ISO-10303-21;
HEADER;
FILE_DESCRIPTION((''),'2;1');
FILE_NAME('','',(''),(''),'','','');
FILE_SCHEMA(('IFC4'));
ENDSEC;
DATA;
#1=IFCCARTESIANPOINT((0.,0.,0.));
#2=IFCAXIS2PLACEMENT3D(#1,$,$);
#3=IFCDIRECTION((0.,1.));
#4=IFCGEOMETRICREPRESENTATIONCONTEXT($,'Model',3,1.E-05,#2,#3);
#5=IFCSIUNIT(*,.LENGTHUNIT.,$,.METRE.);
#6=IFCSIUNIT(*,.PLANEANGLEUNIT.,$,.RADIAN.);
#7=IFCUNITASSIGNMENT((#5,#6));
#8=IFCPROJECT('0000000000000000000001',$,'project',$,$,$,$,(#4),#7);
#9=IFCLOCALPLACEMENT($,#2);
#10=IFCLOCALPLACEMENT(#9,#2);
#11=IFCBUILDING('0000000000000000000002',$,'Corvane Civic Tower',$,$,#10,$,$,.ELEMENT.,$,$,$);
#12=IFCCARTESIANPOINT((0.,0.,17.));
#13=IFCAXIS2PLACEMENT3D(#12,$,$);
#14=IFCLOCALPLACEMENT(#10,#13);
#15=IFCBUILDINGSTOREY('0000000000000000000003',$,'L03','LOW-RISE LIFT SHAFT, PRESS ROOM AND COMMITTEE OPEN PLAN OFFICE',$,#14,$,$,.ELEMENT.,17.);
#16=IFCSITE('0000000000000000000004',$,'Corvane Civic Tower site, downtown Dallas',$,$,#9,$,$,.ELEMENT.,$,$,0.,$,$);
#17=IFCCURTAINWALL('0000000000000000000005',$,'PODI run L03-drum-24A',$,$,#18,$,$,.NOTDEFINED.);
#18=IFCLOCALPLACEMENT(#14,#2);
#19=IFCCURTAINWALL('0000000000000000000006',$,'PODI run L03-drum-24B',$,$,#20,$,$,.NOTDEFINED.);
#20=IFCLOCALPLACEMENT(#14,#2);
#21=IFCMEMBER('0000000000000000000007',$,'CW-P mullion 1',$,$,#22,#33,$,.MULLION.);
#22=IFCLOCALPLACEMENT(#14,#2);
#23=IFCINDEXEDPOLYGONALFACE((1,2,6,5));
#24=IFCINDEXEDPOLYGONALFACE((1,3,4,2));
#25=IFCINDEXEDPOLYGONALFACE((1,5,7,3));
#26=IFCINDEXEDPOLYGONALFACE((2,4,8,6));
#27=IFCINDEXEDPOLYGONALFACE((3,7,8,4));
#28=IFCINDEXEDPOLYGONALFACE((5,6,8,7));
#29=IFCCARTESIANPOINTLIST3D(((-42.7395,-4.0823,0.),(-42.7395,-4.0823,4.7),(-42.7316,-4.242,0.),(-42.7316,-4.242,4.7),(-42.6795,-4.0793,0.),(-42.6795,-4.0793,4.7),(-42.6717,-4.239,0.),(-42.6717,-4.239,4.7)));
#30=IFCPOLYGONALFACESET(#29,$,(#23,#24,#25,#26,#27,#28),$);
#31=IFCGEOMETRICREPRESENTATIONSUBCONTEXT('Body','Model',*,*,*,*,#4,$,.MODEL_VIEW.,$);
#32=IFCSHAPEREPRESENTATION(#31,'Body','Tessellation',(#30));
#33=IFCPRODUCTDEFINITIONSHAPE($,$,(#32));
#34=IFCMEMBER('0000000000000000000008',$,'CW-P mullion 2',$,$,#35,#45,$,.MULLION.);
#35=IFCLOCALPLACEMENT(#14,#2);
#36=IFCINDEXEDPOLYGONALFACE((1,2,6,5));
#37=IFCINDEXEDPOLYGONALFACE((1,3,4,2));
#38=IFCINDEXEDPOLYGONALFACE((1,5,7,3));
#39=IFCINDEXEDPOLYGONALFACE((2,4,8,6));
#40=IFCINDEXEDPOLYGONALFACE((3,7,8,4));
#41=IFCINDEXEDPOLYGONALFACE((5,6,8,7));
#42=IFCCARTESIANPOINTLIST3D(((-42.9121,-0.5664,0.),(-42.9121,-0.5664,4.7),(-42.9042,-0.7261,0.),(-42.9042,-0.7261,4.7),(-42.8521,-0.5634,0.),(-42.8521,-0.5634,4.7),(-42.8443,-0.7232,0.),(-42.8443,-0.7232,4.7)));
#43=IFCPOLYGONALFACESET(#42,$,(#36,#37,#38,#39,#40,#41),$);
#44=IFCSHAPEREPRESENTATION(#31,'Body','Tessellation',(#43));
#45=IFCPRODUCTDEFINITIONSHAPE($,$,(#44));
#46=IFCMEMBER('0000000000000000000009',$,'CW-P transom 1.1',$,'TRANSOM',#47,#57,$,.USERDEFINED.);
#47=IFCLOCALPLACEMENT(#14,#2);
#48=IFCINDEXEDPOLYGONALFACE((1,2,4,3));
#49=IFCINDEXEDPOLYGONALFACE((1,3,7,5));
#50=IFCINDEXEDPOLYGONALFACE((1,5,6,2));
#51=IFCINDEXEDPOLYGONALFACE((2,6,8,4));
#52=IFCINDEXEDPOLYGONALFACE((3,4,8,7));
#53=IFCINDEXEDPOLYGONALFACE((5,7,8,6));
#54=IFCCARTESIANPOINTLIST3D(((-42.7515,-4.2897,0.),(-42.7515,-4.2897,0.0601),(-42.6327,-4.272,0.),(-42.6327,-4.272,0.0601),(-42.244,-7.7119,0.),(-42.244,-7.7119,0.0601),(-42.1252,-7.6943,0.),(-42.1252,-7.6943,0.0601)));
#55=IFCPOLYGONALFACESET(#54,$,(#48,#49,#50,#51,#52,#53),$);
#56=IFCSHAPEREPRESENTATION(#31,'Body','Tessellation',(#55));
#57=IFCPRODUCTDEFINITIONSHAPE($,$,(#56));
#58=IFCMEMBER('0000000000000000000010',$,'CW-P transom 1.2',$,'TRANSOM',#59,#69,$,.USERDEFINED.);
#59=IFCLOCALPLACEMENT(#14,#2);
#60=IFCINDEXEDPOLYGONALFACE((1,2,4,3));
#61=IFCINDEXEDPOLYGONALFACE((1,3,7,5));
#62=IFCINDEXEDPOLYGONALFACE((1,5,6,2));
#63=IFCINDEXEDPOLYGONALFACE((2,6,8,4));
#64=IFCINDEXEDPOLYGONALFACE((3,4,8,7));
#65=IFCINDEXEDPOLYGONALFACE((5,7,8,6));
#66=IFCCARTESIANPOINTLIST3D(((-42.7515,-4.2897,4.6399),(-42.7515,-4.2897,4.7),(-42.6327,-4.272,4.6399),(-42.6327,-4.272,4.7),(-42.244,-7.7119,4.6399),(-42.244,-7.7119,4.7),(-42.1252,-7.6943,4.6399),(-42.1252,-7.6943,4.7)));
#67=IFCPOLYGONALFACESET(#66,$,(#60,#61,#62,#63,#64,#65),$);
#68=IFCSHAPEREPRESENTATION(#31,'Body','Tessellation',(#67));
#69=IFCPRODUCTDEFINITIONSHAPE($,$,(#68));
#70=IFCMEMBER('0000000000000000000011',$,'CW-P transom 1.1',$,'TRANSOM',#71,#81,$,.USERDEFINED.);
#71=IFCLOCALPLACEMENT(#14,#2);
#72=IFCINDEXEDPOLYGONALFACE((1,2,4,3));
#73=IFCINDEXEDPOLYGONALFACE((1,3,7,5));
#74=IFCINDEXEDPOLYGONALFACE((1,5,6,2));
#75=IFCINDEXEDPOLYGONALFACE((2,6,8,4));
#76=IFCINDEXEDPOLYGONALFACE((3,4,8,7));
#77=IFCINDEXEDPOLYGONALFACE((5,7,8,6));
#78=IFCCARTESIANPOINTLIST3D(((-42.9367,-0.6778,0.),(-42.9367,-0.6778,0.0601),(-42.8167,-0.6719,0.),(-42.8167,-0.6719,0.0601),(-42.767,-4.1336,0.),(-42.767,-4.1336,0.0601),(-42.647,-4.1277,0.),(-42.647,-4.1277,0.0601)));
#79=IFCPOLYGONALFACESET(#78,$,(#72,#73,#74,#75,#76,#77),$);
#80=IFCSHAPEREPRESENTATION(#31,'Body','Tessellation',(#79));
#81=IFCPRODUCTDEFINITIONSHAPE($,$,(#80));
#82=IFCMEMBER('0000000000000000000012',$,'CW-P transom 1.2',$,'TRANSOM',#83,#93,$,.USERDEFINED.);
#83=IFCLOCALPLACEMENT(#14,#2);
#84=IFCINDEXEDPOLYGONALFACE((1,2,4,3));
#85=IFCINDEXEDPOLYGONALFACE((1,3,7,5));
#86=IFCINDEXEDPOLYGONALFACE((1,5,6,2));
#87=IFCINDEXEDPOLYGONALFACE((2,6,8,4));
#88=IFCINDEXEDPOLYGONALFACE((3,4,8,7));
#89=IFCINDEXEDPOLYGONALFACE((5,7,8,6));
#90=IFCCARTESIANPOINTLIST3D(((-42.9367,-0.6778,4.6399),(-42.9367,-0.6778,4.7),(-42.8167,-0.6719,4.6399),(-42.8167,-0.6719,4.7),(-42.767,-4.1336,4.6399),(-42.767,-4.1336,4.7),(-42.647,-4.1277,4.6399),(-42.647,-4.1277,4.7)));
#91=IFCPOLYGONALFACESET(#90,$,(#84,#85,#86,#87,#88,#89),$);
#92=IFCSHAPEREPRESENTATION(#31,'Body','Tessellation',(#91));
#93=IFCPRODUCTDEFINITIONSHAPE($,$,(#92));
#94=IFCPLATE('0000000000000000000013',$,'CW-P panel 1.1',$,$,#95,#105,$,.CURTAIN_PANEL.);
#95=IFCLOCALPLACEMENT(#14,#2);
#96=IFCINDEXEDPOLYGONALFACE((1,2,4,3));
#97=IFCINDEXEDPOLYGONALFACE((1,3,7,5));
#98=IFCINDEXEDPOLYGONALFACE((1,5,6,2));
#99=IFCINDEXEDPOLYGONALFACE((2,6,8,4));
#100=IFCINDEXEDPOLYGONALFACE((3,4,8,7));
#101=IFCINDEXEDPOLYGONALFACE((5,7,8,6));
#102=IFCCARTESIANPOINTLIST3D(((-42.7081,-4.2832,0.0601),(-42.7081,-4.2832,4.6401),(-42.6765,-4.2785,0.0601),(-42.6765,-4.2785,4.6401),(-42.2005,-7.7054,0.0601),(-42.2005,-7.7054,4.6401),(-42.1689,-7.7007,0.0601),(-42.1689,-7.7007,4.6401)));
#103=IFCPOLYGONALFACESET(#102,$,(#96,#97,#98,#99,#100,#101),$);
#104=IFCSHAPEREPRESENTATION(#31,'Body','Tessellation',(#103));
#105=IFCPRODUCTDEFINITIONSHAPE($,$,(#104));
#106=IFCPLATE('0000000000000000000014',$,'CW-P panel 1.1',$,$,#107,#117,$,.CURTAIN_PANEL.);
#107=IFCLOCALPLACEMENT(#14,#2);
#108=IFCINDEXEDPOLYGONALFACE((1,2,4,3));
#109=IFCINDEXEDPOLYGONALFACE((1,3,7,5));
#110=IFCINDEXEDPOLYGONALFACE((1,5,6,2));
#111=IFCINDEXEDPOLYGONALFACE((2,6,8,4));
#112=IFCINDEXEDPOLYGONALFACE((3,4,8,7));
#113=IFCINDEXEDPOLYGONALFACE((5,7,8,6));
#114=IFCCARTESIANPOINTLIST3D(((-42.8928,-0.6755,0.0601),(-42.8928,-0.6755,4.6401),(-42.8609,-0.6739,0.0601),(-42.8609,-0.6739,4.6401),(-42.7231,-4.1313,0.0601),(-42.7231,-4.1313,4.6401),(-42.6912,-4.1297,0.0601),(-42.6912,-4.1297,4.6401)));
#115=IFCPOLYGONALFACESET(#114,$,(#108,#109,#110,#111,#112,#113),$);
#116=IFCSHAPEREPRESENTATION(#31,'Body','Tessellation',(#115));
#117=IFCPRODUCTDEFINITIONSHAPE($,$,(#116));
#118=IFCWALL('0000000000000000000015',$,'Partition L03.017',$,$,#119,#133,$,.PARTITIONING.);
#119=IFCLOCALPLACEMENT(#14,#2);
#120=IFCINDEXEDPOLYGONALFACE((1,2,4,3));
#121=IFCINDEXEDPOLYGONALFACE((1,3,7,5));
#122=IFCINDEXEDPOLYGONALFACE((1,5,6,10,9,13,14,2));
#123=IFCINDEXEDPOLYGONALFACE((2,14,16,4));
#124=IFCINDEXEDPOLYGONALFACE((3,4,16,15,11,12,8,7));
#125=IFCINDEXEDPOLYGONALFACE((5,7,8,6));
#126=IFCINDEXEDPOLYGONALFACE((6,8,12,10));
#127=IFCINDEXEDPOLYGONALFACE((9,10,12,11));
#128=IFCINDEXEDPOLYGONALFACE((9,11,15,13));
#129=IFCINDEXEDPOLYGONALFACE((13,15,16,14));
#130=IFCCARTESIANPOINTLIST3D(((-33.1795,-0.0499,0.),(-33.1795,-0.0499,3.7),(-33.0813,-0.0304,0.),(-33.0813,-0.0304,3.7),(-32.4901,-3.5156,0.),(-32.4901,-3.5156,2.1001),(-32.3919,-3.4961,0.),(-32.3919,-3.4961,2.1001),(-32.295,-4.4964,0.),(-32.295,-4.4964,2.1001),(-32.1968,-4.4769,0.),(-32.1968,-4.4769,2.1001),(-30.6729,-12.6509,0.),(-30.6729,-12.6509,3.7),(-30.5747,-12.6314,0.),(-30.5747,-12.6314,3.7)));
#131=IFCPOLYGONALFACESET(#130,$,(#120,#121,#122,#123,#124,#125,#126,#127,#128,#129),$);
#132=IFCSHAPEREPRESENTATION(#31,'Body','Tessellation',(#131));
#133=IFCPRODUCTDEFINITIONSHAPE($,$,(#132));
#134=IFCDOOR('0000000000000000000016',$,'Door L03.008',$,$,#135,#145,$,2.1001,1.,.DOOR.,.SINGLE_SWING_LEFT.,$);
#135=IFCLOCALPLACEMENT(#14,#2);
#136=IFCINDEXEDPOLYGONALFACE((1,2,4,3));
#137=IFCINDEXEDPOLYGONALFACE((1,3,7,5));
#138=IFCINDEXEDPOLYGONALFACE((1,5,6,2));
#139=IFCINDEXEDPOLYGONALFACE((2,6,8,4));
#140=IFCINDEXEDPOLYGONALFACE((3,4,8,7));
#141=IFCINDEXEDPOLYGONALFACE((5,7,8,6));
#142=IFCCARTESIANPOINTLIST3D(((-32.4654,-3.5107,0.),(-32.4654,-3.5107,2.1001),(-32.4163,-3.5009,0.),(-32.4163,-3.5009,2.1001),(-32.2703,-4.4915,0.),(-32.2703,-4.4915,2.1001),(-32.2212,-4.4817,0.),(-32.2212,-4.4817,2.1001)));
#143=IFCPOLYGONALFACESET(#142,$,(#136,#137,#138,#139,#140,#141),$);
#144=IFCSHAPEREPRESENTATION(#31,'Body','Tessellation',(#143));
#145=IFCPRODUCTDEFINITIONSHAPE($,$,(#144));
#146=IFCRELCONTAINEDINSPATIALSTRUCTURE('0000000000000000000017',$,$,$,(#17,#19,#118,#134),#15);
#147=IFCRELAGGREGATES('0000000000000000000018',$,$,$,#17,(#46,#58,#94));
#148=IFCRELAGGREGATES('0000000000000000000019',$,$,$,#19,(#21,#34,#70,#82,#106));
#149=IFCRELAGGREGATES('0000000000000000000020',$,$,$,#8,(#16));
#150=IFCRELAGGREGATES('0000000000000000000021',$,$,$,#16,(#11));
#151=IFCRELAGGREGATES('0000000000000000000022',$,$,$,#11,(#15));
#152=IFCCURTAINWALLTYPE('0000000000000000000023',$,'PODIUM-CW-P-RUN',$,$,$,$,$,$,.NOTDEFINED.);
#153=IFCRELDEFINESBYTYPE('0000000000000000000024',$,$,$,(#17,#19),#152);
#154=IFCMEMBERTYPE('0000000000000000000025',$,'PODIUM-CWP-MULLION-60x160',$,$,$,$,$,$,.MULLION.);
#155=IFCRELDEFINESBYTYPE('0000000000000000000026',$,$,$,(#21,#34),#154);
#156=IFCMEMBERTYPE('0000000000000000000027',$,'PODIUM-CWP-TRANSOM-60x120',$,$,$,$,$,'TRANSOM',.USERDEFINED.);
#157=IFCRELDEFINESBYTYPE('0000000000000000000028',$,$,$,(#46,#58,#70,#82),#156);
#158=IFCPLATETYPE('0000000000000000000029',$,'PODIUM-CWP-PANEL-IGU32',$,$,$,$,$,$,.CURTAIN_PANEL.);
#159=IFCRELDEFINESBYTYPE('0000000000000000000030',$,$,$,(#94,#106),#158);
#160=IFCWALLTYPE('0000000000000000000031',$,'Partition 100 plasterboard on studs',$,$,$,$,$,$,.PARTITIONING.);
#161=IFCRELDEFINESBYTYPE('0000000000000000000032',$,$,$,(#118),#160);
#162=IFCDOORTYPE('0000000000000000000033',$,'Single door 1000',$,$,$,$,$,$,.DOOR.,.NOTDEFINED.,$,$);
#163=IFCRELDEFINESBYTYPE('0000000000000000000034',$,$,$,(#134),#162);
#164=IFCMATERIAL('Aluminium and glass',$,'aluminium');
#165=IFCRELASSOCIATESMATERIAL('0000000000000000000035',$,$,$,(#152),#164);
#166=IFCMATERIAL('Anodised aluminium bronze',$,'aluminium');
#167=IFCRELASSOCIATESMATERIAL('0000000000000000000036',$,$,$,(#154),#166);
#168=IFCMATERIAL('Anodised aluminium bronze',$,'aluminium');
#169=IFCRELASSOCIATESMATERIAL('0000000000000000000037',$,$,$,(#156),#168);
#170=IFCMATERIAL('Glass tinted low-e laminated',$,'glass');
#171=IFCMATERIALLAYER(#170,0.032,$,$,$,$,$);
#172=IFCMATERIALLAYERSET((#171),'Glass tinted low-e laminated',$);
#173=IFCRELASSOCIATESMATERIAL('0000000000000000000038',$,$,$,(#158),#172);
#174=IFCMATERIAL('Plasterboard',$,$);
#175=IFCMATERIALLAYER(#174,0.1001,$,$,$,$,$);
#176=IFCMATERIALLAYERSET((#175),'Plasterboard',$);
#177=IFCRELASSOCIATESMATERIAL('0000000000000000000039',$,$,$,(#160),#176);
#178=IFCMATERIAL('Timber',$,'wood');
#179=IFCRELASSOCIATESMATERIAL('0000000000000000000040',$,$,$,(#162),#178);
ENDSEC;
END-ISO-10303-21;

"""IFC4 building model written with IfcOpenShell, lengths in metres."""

from ifc_helpers import new_model, si_unit, direction, frame, frame_2d, origin, origin_2d, place, context, subcontext, project, spatial, rectangle, extrude, material, layer, layer_set, material_profile, profile_set, type_object, element, fill, aggregate, save


model = new_model("IFC4")

# Units and contexts
model_context = context("Model", 3, precision=1e-05, world=origin(), true_north=direction((0.0, 1.0)))
body_context = subcontext(model_context, "Body", "Model", "MODEL_VIEW")
ifc_project = project(units=[si_unit("LENGTHUNIT", "METRE"), si_unit("PLANEANGLEUNIT", "RADIAN")], contexts=[model_context])

# Site, building, storey
site_placement = place(None, origin())
site = spatial("IfcSite", under=ifc_project, at=site_placement, Name="Corvane Civic Tower site, downtown Dallas", CompositionType="ELEMENT", RefElevation=0.0)
building_placement = place(site_placement, origin())
building = spatial("IfcBuilding", under=site, at=building_placement, Name="Corvane Civic Tower", CompositionType="ELEMENT")
storey_placement = place(building_placement, frame((0.0, 0.0, 17.0)))
storey = spatial("IfcBuildingStorey", under=building, at=storey_placement, Name="L03", Description="LOW-RISE LIFT SHAFT, PRESS ROOM AND COMMITTEE OPEN PLAN OFFICE", CompositionType="ELEMENT", Elevation=17.0)

# Curtain walls, members
ifc_material_1 = material(Name="Aluminium and glass", Category="aluminium")
curtain_wall_type = type_object("IfcCurtainWallType", Name="PODIUM-CW-P-RUN", PredefinedType="NOTDEFINED", material=ifc_material_1)
curtain_wall_1_placement = place(storey_placement, origin())
curtain_wall_1 = element("IfcCurtainWall", 1, at=curtain_wall_1_placement, inside=storey, type_object=curtain_wall_type, Name="PODI run L03-drum-24A", PredefinedType="NOTDEFINED")
ifc_material_2 = material(Name="Anodised aluminium bronze", Category="aluminium")
ifc_material_profile_1 = material_profile(ifc_material_2, rectangle(XDim=0.0601, YDim=0.1599, at=origin_2d()), Name="AL 60x160")
ifc_profile_set_1 = profile_set([ifc_material_profile_1], Name="Anodised aluminium bronze")
member_type_1 = type_object("IfcMemberType", Name="PODIUM-CWP-MULLION-60x160", PredefinedType="MULLION", material=ifc_profile_set_1)
curtain_wall_2_placement = place(storey_placement, origin())
curtain_wall_2 = element("IfcCurtainWall", 2, at=curtain_wall_2_placement, inside=storey, type_object=curtain_wall_type, Name="PODI run L03-drum-24B", PredefinedType="NOTDEFINED")
member_1_placement = place(storey_placement, frame((-42.7056, -4.1606, 0.0), z_axis=(0.0, 0.0, 1.0), x_axis=(-0.998796, -0.04905, 0.0)))
member_1 = element("IfcMember", 3, at=member_1_placement, type_object=member_type_1, Name="CW-P mullion 1", PredefinedType="MULLION", context=body_context, shape_type="SweptSolid", body=[
    extrude(rectangle(XDim=0.0601, YDim=0.1599, at=origin_2d()), origin(), (0.0, 0.0, 1.0), 4.7),
])
member_2_placement = place(storey_placement, frame((-42.8782, -0.6448, 0.0), z_axis=(0.0, 0.0, 1.0), x_axis=(-0.998796, -0.04905, 0.0)))
member_2 = element("IfcMember", 4, at=member_2_placement, type_object=member_type_1, Name="CW-P mullion 2", PredefinedType="MULLION", context=body_context, shape_type="SweptSolid", body=[
    extrude(rectangle(XDim=0.0601, YDim=0.1599, at=origin_2d()), origin(), (0.0, 0.0, 1.0), 4.7),
])

# Members
ifc_material_3 = material(Name="Anodised aluminium bronze", Category="aluminium")
ifc_material_profile_2 = material_profile(ifc_material_3, rectangle(XDim=0.1201, YDim=0.0601, at=origin_2d()), Name="AL 120x60")
ifc_profile_set_2 = profile_set([ifc_material_profile_2], Name="Anodised aluminium bronze")
member_type_2 = type_object("IfcMemberType", Name="PODIUM-CWP-TRANSOM-60x120", ElementType="TRANSOM", PredefinedType="USERDEFINED", material=ifc_profile_set_2)
member_3_placement = place(storey_placement, frame((-42.1846, -7.7031, 0.03), z_axis=(-0.146705, 0.98918, 0.0), x_axis=(-0.98918, -0.146705, 0.0)))
member_3 = element("IfcMember", 5, at=member_3_placement, type_object=member_type_2, Name="CW-P transom 1.1", ObjectType="TRANSOM", PredefinedType="USERDEFINED", context=body_context, shape_type="SweptSolid", body=[
    extrude(rectangle(XDim=0.1201, YDim=0.0601, at=origin_2d()), origin(), (0.0, 0.0, 1.0), 3.4597),
])
member_4_placement = place(storey_placement, frame((-42.1846, -7.7031, 4.6699), z_axis=(-0.146705, 0.98918, 0.0), x_axis=(-0.98918, -0.146705, 0.0)))
member_4 = element("IfcMember", 6, at=member_4_placement, type_object=member_type_2, Name="CW-P transom 1.2", ObjectType="TRANSOM", PredefinedType="USERDEFINED", context=body_context, shape_type="SweptSolid", body=[
    extrude(rectangle(XDim=0.1201, YDim=0.0601, at=origin_2d()), origin(), (0.0, 0.0, 1.0), 3.4597),
])
member_5_placement = place(storey_placement, frame((-42.707, -4.1306, 0.03), z_axis=(-0.04904, 0.998797, 0.0), x_axis=(-0.998797, -0.04904, 0.0)))
member_5 = element("IfcMember", 7, at=member_5_placement, type_object=member_type_2, Name="CW-P transom 1.1", ObjectType="TRANSOM", PredefinedType="USERDEFINED", context=body_context, shape_type="SweptSolid", body=[
    extrude(rectangle(XDim=0.1201, YDim=0.0601, at=origin_2d()), origin(), (0.0, 0.0, 1.0), 3.46),
])
member_6_placement = place(storey_placement, frame((-42.707, -4.1306, 4.6699), z_axis=(-0.04904, 0.998797, 0.0), x_axis=(-0.998797, -0.04904, 0.0)))
member_6 = element("IfcMember", 8, at=member_6_placement, type_object=member_type_2, Name="CW-P transom 1.2", ObjectType="TRANSOM", PredefinedType="USERDEFINED", context=body_context, shape_type="SweptSolid", body=[
    extrude(rectangle(XDim=0.1201, YDim=0.0601, at=origin_2d()), origin(), (0.0, 0.0, 1.0), 3.46),
])

# Plates
ifc_material_4 = material(Name="Glass tinted low-e laminated", Category="glass")
ifc_layer_1 = layer(ifc_material_4, 0.032)
ifc_layer_set_1 = layer_set([ifc_layer_1], Name="Glass tinted low-e laminated")
plate_type = type_object("IfcPlateType", Name="PODIUM-CWP-PANEL-IGU32", PredefinedType="CURTAIN_PANEL", material=ifc_layer_set_1)
plate_1_placement = place(storey_placement, frame((-42.4385, -5.9919, 0.0601), z_axis=(0.0, 0.0, 1.0), x_axis=(-0.146715, 0.989179, 0.0)))
plate_1 = element("IfcPlate", 9, at=plate_1_placement, type_object=plate_type, Name="CW-P panel 1.1", PredefinedType="CURTAIN_PANEL", context=body_context, shape_type="SweptSolid", body=[
    extrude(rectangle(XDim=3.4597, YDim=0.032, at=origin_2d()), origin(), (0.0, 0.0, 1.0), 4.5801),
])
aggregate(curtain_wall_1, [member_3, member_4, plate_1])
plate_2_placement = place(storey_placement, frame((-42.792, -2.4026, 0.0601), z_axis=(0.0, 0.0, 1.0), x_axis=(-0.04905, 0.998796, 0.0)))
plate_2 = element("IfcPlate", 10, at=plate_2_placement, type_object=plate_type, Name="CW-P panel 1.1", PredefinedType="CURTAIN_PANEL", context=body_context, shape_type="SweptSolid", body=[
    extrude(rectangle(XDim=3.46, YDim=0.032, at=origin_2d()), origin(), (0.0, 0.0, 1.0), 4.5801),
])
aggregate(curtain_wall_2, [member_1, member_2, member_5, member_6, plate_2])

# Wall, opening, door
ifc_material_5 = material(Name="Plasterboard")
ifc_layer_2 = layer(ifc_material_5, 0.1001)
ifc_layer_set_2 = layer_set([ifc_layer_2], Name="Plasterboard")
wall_type = type_object("IfcWallType", Name="Partition 100 plasterboard on studs", PredefinedType="PARTITIONING", material=ifc_layer_set_2)
wall_placement = place(storey_placement, frame((-33.1304, -0.0403, 0.0), z_axis=(0.0, 0.0, 1.0), x_axis=(0.195096, -0.980784, 0.0)))
wall = element("IfcWall", 11, at=wall_placement, inside=storey, type_object=wall_type, Name="Partition L03.017", PredefinedType="PARTITIONING", context=body_context, shape_type="SweptSolid", body=[
    extrude(rectangle(XDim=12.8479, YDim=0.1001, at=frame_2d((6.4238, 0.0))), origin(), (0.0, 0.0, 1.0), 3.7),
])
opening_placement = place(wall_placement, frame((3.5334, 0.0, 0.0)))
opening = element("IfcOpeningElement", 12, at=opening_placement, cuts=wall, PredefinedType="OPENING", context=body_context, shape_type="SweptSolid", body=[
    extrude(rectangle(XDim=1.0, YDim=2.1001, at=frame_2d((0.5, 1.05))), frame((0.0, 0.0601, 0.0), z_axis=(0.0, -1.0, 0.0), x_axis=(1.0, 0.0, 0.0)), (0.0, 0.0, 1.0), 0.1201),
])
ifc_material_6 = material(Name="Timber", Category="wood")
door_type = type_object("IfcDoorType", Name="Single door 1000", OperationType="NOTDEFINED", PredefinedType="DOOR", material=ifc_material_6)
door_placement = place(opening_placement, frame((1.0, 0.0, 0.0), z_axis=(0.0, 0.0, 1.0), x_axis=(-1.0, 0.0, 0.0)))
door = element("IfcDoor", 13, at=door_placement, inside=storey, type_object=door_type, Name="Door L03.008", OperationType="SINGLE_SWING_LEFT", OverallHeight=2.1001, OverallWidth=1.0, PredefinedType="DOOR", context=body_context, shape_type="SweptSolid", body=[
    extrude(rectangle(XDim=1.0, YDim=2.1001, at=frame_2d((0.5, 1.05))), frame((0.0, 0.0249, 0.0), z_axis=(0.0, -1.0, 0.0), x_axis=(1.0, 0.0, 0.0)), (0.0, 0.0, 1.0), 0.05),
])
fill(opening, door)

save(model, "model.ifc")
